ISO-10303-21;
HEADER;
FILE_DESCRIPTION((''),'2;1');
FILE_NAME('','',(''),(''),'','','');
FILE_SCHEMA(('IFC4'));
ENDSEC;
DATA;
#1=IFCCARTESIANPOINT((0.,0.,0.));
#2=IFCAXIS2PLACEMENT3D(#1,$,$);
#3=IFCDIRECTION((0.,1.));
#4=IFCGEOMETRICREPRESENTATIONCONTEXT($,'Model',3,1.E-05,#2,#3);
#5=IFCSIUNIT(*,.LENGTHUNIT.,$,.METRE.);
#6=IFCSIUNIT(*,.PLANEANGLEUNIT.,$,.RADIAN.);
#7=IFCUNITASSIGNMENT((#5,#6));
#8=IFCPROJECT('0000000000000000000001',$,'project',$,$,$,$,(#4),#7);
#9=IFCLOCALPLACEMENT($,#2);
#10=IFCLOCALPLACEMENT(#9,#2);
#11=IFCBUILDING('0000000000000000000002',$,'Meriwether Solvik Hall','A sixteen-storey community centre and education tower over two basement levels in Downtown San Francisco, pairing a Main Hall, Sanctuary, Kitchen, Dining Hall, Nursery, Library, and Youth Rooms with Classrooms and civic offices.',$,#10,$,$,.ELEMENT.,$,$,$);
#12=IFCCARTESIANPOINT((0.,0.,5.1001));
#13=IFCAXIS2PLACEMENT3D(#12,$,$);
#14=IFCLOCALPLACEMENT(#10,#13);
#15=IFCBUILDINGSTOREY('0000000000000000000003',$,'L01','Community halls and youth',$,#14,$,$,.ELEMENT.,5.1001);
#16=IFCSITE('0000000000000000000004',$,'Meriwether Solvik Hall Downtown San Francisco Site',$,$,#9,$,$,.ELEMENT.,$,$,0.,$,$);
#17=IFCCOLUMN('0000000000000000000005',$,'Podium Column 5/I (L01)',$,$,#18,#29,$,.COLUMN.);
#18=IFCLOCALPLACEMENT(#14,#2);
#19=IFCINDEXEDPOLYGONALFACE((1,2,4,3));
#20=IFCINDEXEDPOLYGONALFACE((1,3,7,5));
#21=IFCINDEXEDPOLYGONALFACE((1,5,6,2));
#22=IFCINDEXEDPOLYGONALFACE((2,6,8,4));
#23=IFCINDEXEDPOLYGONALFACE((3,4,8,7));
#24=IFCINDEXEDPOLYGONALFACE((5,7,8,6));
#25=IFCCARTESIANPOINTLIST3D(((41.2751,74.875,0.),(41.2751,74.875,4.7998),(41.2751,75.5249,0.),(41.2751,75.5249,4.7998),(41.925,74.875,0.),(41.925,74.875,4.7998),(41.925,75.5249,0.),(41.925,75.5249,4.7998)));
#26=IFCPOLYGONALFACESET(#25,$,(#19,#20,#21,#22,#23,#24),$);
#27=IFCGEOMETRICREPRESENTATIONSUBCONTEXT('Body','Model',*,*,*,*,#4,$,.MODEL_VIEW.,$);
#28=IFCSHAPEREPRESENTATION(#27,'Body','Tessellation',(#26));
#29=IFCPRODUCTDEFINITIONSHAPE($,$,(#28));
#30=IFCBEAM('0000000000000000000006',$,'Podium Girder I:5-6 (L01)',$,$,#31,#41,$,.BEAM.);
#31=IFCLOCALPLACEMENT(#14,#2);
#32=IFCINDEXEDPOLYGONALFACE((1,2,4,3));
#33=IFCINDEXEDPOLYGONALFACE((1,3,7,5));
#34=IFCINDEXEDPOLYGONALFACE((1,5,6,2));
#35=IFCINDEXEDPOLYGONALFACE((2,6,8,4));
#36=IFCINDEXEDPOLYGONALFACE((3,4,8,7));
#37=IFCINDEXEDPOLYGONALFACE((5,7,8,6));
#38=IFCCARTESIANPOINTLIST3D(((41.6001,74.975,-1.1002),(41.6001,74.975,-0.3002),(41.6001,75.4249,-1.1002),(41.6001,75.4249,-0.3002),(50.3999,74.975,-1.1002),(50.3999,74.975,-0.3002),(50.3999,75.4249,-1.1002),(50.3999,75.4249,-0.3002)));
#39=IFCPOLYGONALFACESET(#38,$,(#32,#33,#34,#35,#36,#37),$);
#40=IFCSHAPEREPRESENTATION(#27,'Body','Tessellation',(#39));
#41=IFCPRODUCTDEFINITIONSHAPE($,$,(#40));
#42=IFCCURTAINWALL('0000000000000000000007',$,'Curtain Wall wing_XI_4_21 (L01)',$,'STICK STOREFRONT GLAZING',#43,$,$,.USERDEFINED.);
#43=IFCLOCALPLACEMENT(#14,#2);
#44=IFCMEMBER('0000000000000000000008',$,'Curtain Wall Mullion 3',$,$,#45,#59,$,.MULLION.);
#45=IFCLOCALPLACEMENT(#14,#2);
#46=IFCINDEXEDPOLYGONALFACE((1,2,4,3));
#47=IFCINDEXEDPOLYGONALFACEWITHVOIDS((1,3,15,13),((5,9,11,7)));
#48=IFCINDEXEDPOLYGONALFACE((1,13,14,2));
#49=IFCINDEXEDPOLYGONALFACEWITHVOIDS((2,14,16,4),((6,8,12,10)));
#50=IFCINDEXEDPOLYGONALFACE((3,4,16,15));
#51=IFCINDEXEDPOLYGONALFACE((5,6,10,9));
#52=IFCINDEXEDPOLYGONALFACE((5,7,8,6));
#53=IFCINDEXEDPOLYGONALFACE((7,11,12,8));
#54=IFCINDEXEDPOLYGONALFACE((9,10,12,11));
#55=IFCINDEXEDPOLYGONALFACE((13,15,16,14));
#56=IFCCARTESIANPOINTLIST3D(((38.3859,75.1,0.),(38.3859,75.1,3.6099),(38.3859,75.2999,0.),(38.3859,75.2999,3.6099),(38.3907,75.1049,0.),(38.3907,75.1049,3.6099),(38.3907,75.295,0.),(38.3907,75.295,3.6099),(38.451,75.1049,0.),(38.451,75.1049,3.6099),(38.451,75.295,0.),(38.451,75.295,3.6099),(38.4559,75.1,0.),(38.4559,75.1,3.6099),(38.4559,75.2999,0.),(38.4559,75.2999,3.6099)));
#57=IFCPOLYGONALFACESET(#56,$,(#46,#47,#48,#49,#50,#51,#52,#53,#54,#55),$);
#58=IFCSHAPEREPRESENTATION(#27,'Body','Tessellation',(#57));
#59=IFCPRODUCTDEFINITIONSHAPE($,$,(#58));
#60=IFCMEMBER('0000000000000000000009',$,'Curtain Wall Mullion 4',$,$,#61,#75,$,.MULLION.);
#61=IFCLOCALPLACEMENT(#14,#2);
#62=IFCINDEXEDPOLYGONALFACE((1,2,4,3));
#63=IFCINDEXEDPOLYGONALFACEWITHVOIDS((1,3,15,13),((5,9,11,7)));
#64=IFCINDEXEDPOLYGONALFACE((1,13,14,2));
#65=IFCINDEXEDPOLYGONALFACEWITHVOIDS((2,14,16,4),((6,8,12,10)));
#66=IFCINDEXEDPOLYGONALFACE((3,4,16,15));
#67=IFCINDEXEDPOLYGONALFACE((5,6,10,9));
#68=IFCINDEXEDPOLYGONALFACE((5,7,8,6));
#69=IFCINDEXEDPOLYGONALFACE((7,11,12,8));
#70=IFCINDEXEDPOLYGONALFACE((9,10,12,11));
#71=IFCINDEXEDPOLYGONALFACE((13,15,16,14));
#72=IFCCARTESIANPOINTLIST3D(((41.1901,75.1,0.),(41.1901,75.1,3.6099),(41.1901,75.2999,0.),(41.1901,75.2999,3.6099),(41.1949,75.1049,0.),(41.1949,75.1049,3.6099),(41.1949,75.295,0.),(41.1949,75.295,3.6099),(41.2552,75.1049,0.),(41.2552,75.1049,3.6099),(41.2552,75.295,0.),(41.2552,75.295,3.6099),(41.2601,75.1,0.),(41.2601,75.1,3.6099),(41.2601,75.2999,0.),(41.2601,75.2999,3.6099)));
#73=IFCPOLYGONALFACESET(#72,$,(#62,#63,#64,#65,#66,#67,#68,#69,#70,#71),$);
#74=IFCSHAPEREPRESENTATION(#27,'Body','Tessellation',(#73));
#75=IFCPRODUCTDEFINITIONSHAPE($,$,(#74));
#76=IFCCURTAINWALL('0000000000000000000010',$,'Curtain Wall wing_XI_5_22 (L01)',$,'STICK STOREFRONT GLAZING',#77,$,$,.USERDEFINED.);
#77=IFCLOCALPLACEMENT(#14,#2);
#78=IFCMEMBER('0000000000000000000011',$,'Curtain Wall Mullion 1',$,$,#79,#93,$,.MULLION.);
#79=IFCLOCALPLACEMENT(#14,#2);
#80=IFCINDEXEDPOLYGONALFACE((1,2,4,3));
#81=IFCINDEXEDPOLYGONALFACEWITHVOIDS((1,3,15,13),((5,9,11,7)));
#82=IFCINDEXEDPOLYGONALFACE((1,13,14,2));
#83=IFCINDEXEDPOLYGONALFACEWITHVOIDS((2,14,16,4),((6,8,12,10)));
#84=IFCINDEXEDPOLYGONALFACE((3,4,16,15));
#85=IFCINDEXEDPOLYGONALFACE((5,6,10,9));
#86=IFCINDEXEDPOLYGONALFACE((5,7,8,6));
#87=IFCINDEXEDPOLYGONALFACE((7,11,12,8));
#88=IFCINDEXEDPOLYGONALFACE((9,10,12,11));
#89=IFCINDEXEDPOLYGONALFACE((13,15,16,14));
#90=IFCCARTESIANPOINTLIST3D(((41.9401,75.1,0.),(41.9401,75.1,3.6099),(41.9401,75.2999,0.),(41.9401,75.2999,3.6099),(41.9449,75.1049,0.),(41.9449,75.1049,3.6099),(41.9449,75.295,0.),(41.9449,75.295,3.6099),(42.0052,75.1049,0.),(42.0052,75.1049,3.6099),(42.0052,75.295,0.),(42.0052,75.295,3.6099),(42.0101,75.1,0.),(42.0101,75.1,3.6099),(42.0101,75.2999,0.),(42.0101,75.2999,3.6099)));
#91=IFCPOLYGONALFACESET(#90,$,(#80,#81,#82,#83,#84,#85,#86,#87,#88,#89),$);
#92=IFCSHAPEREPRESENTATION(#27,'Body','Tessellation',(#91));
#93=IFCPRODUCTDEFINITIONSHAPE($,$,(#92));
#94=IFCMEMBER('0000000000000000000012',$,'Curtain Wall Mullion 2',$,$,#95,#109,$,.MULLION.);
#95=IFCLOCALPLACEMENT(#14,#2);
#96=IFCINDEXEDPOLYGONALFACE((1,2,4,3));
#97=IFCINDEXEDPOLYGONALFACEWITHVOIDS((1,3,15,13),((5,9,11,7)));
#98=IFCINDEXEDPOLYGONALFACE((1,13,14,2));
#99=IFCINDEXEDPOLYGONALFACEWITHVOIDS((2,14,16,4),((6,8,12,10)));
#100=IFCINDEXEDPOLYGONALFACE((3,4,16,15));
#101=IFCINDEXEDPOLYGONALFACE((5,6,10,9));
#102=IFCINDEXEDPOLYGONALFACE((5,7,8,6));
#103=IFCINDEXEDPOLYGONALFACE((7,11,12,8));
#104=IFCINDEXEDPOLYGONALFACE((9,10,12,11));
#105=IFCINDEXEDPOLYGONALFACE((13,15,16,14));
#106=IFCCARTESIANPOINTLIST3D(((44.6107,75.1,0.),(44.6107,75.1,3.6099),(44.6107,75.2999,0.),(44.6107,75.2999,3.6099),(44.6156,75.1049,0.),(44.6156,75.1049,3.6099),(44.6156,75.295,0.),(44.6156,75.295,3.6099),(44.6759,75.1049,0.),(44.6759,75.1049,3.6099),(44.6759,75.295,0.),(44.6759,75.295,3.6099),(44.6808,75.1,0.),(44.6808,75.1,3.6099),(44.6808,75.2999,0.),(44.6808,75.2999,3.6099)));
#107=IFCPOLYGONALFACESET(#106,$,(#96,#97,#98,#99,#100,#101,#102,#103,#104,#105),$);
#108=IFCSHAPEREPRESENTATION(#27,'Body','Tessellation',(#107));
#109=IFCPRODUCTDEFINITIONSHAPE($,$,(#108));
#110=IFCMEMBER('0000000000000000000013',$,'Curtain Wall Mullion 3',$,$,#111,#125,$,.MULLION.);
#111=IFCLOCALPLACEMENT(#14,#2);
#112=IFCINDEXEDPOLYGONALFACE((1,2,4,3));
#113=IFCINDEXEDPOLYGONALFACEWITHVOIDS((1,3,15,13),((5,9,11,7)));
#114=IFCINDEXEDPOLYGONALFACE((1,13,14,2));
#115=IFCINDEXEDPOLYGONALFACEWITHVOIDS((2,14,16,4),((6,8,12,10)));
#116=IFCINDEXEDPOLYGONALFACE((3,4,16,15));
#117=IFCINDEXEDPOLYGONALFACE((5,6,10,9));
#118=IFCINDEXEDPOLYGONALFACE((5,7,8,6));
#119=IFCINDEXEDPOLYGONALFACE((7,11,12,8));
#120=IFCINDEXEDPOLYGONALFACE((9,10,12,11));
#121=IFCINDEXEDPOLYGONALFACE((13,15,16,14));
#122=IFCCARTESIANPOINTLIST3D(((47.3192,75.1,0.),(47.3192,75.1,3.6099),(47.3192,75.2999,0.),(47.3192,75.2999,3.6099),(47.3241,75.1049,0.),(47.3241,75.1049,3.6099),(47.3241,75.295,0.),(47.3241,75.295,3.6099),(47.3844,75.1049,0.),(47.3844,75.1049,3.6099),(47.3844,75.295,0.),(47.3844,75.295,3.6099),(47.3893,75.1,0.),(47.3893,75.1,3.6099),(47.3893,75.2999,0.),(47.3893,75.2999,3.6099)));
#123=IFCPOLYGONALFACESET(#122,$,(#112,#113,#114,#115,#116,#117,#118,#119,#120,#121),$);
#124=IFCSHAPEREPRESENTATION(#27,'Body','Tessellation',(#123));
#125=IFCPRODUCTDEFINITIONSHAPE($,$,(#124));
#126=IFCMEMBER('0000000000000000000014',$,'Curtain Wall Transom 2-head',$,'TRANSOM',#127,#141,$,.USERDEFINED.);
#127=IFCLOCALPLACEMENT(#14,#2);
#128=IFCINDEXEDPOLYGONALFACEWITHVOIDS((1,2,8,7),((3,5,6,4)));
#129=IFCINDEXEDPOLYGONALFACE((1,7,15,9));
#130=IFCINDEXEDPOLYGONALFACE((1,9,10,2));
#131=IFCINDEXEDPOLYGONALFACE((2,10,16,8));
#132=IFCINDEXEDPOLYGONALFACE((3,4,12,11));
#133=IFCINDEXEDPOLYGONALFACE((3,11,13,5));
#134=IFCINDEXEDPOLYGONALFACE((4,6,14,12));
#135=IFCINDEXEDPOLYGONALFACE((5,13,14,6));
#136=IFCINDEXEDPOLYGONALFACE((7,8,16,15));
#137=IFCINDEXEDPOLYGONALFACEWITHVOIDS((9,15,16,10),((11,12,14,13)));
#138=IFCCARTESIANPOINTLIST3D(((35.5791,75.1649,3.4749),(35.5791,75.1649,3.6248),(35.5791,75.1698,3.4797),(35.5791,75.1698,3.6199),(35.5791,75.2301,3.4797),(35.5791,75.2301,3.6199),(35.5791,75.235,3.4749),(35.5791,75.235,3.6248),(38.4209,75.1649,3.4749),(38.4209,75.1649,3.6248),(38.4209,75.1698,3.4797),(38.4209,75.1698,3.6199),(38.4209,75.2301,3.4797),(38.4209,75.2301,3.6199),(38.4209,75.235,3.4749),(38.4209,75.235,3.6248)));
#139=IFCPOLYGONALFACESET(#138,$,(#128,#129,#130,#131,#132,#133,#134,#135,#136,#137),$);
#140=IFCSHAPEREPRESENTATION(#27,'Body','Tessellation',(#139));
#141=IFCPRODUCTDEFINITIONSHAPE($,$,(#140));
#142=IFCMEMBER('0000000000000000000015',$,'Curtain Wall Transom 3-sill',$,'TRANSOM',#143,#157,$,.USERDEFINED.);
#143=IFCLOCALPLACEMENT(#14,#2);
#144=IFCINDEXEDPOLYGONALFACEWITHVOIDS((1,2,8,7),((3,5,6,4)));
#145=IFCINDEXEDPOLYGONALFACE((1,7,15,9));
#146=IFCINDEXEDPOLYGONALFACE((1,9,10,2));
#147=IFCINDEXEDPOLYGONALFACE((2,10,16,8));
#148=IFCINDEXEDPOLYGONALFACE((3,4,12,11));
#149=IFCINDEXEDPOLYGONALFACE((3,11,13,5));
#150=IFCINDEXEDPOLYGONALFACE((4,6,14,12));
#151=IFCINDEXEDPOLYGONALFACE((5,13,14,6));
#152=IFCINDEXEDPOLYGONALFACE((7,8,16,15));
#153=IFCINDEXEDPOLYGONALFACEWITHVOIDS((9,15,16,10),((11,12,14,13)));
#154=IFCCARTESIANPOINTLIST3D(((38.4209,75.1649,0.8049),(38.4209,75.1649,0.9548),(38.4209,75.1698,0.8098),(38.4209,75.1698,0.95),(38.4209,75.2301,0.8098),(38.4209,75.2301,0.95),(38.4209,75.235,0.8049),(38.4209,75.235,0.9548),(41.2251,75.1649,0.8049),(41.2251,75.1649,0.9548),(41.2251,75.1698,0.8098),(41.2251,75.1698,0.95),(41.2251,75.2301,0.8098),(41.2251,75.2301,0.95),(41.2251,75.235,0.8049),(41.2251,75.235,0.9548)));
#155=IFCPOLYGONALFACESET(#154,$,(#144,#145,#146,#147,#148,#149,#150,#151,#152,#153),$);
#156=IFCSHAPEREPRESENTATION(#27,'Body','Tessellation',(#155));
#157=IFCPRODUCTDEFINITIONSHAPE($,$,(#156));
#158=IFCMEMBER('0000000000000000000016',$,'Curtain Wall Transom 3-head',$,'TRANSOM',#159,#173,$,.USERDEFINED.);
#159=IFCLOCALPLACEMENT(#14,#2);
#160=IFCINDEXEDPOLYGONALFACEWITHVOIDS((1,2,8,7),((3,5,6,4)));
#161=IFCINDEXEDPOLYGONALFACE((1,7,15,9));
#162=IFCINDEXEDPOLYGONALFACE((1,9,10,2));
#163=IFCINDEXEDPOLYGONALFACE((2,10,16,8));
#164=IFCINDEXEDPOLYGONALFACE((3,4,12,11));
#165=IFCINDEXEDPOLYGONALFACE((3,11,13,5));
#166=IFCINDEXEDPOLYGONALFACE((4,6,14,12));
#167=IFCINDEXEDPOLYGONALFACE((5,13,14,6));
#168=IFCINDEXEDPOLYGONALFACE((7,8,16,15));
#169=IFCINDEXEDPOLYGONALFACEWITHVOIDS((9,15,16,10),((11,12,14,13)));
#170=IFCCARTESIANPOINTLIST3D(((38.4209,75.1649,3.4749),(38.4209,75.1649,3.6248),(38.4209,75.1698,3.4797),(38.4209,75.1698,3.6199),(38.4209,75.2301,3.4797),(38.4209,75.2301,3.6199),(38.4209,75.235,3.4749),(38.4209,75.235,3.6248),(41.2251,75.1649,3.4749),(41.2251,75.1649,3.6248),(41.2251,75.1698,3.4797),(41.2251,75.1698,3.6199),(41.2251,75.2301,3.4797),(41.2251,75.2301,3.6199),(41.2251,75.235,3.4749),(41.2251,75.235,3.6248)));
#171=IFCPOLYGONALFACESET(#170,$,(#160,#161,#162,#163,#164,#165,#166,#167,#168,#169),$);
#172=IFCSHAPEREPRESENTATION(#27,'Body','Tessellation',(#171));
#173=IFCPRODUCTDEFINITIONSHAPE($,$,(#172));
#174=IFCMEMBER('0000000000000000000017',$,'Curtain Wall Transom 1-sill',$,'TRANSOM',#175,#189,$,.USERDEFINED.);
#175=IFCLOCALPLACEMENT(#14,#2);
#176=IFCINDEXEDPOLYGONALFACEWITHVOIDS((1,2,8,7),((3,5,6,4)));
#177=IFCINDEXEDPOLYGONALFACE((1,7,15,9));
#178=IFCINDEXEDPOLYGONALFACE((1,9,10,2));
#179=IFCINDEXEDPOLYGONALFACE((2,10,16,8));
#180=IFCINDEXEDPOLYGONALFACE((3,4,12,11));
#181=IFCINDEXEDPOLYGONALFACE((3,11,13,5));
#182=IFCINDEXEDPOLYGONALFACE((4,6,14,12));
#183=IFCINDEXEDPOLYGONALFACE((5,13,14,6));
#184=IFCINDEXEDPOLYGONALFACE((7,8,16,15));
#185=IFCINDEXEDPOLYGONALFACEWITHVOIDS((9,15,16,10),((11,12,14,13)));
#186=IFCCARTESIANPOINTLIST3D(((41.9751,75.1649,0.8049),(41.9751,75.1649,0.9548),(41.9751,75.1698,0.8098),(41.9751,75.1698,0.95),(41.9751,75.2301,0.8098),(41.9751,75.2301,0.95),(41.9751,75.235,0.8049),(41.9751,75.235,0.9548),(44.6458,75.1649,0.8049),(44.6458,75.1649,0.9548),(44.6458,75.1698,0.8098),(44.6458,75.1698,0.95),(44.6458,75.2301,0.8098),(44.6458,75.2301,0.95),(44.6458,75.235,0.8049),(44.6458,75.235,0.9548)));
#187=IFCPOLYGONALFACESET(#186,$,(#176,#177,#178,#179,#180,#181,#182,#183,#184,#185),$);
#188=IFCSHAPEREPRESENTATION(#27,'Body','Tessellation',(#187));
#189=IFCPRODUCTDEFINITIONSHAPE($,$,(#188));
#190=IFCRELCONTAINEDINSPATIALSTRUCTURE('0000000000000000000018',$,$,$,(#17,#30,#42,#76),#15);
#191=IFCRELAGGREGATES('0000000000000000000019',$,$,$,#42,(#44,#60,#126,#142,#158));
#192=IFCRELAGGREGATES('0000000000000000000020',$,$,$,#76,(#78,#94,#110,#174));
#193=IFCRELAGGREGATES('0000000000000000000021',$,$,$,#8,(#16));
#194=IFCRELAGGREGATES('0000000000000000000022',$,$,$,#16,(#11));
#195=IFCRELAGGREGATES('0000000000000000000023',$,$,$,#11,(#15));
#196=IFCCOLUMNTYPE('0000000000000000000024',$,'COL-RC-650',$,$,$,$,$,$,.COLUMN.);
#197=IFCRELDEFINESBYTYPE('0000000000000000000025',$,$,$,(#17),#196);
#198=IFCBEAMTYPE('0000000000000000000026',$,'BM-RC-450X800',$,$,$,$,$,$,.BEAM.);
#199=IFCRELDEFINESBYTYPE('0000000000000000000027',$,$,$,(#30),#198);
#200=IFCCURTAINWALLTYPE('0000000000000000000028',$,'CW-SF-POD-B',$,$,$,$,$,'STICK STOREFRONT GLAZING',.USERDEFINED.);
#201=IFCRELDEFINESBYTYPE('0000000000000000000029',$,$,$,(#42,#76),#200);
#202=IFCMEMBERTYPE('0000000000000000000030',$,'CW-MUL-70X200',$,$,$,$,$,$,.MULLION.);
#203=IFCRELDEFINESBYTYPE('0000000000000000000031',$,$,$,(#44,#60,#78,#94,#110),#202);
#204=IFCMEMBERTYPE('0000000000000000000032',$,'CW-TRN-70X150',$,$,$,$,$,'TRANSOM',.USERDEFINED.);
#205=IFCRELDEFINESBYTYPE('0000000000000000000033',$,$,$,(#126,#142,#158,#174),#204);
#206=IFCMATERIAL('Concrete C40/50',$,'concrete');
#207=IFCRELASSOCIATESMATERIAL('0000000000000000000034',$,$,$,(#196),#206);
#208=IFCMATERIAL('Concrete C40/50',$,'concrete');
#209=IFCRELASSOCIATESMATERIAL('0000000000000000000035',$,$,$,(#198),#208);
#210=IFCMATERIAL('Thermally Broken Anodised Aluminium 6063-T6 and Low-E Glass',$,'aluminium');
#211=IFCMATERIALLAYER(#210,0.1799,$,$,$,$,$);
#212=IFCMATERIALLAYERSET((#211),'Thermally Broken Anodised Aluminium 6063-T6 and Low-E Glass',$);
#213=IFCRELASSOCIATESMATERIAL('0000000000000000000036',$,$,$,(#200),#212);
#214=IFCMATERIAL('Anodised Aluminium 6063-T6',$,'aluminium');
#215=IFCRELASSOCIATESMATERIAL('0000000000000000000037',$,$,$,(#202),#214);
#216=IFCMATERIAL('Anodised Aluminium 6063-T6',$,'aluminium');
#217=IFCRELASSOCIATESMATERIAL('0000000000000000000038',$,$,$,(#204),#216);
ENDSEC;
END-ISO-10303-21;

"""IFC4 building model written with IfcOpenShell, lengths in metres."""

from ifc_helpers import new_model, si_unit, direction, frame, origin, origin_2d, place, context, subcontext, project, spatial, rectangle, hollow_rectangle, extrude, material, layer, layer_set, material_profile, profile_set, type_object, element, aggregate, save


model = new_model("IFC4")

# Units and contexts
model_context = context("Model", 3, precision=1e-05, world=origin(), true_north=direction((0.0, 1.0)))
body_context = subcontext(model_context, "Body", "Model", "MODEL_VIEW")
ifc_project = project(units=[si_unit("LENGTHUNIT", "METRE"), si_unit("PLANEANGLEUNIT", "RADIAN")], contexts=[model_context])

# Site, building, storey
site_placement = place(None, origin())
site = spatial("IfcSite", under=ifc_project, at=site_placement, Name="Meriwether Solvik Hall Downtown San Francisco Site", CompositionType="ELEMENT", RefElevation=0.0)
building_placement = place(site_placement, origin())
building = spatial("IfcBuilding", under=site, at=building_placement, Name="Meriwether Solvik Hall", Description="A sixteen-storey community centre and education tower over two basement levels in Downtown San Francisco, pairing a Main Hall, Sanctuary, Kitchen, Dining Hall, Nursery, Library, and Youth Rooms with Classrooms and civic offices.", CompositionType="ELEMENT")
storey_placement = place(building_placement, frame((0.0, 0.0, 5.1001)))
storey = spatial("IfcBuildingStorey", under=building, at=storey_placement, Name="L01", Description="Community halls and youth", CompositionType="ELEMENT", Elevation=5.1001)

# Column
ifc_material_1 = material(Name="Concrete C40/50", Category="concrete")
ifc_material_profile_1 = material_profile(ifc_material_1, rectangle(XDim=0.6499, YDim=0.6499, at=origin_2d()), Name="RCC-650X650")
ifc_profile_set_1 = profile_set([ifc_material_profile_1], Name="Concrete C40/50")
column_type = type_object("IfcColumnType", Name="COL-RC-650", PredefinedType="COLUMN", material=ifc_profile_set_1)
column_placement = place(storey_placement, frame((41.6001, 75.2, 0.0), z_axis=(0.0, 0.0, 1.0), x_axis=(1.0, 0.0, 0.0)))
element("IfcColumn", 1, at=column_placement, inside=storey, type_object=column_type, Name="Podium Column 5/I (L01)", PredefinedType="COLUMN", context=body_context, shape_type="SweptSolid", body=[
    extrude(rectangle(XDim=0.6499, YDim=0.6499, at=origin_2d()), origin(), (0.0, 0.0, 1.0), 4.7998),
])

# Beam
ifc_material_2 = material(Name="Concrete C40/50", Category="concrete")
ifc_material_profile_2 = material_profile(ifc_material_2, rectangle(XDim=0.45, YDim=0.8, at=origin_2d()), Name="RCB-450X800")
ifc_profile_set_2 = profile_set([ifc_material_profile_2], Name="Concrete C40/50")
beam_type = type_object("IfcBeamType", Name="BM-RC-450X800", PredefinedType="BEAM", material=ifc_profile_set_2)
beam_placement = place(storey_placement, frame((41.6001, 75.2, -0.7002), z_axis=(1.0, 0.0, 0.0), x_axis=(0.0, 1.0, 0.0)))
element("IfcBeam", 2, at=beam_placement, inside=storey, type_object=beam_type, Name="Podium Girder I:5-6 (L01)", PredefinedType="BEAM", context=body_context, shape_type="SweptSolid", body=[
    extrude(rectangle(XDim=0.45, YDim=0.8, at=origin_2d()), origin(), (0.0, 0.0, 1.0), 8.7998),
])

# Curtain walls, members
ifc_material_3 = material(Name="Thermally Broken Anodised Aluminium 6063-T6 and Low-E Glass", Category="aluminium")
ifc_layer_1 = layer(ifc_material_3, 0.1799)
ifc_layer_set_1 = layer_set([ifc_layer_1], Name="Thermally Broken Anodised Aluminium 6063-T6 and Low-E Glass")
curtain_wall_type = type_object("IfcCurtainWallType", Name="CW-SF-POD-B", ElementType="STICK STOREFRONT GLAZING", PredefinedType="USERDEFINED", material=ifc_layer_set_1)
curtain_wall_1_placement = place(storey_placement, origin())
curtain_wall_1 = element("IfcCurtainWall", 3, at=curtain_wall_1_placement, inside=storey, type_object=curtain_wall_type, Name="Curtain Wall wing_XI_4_21 (L01)", ObjectType="STICK STOREFRONT GLAZING", PredefinedType="USERDEFINED")
ifc_material_4 = material(Name="Anodised Aluminium 6063-T6", Category="aluminium")
ifc_material_profile_3 = material_profile(ifc_material_4, hollow_rectangle(XDim=0.0701, YDim=0.2, WallThickness=0.0049, at=origin_2d()), Name="CWM-70X200")
ifc_profile_set_3 = profile_set([ifc_material_profile_3], Name="Anodised Aluminium 6063-T6")
member_type_1 = type_object("IfcMemberType", Name="CW-MUL-70X200", PredefinedType="MULLION", material=ifc_profile_set_3)
member_1_placement = place(storey_placement, frame((38.4209, 75.2, 0.0), z_axis=(0.0, 0.0, 1.0), x_axis=(1.0, 0.0, 0.0)))
member_1 = element("IfcMember", 4, at=member_1_placement, type_object=member_type_1, Name="Curtain Wall Mullion 3", PredefinedType="MULLION", context=body_context, shape_type="SweptSolid", body=[
    extrude(hollow_rectangle(XDim=0.0701, YDim=0.2, WallThickness=0.0049, at=origin_2d()), origin(), (0.0, 0.0, 1.0), 3.6099),
])
member_2_placement = place(storey_placement, frame((41.2251, 75.2, 0.0), z_axis=(0.0, 0.0, 1.0), x_axis=(1.0, 0.0, 0.0)))
member_2 = element("IfcMember", 5, at=member_2_placement, type_object=member_type_1, Name="Curtain Wall Mullion 4", PredefinedType="MULLION", context=body_context, shape_type="SweptSolid", body=[
    extrude(hollow_rectangle(XDim=0.0701, YDim=0.2, WallThickness=0.0049, at=origin_2d()), origin(), (0.0, 0.0, 1.0), 3.6099),
])
curtain_wall_2_placement = place(storey_placement, origin())
curtain_wall_2 = element("IfcCurtainWall", 6, at=curtain_wall_2_placement, inside=storey, type_object=curtain_wall_type, Name="Curtain Wall wing_XI_5_22 (L01)", ObjectType="STICK STOREFRONT GLAZING", PredefinedType="USERDEFINED")
member_3_placement = place(storey_placement, frame((41.9751, 75.2, 0.0), z_axis=(0.0, 0.0, 1.0), x_axis=(1.0, 0.0, 0.0)))
member_3 = element("IfcMember", 7, at=member_3_placement, type_object=member_type_1, Name="Curtain Wall Mullion 1", PredefinedType="MULLION", context=body_context, shape_type="SweptSolid", body=[
    extrude(hollow_rectangle(XDim=0.0701, YDim=0.2, WallThickness=0.0049, at=origin_2d()), origin(), (0.0, 0.0, 1.0), 3.6099),
])
member_4_placement = place(storey_placement, frame((44.6458, 75.2, 0.0), z_axis=(0.0, 0.0, 1.0), x_axis=(1.0, 0.0, 0.0)))
member_4 = element("IfcMember", 8, at=member_4_placement, type_object=member_type_1, Name="Curtain Wall Mullion 2", PredefinedType="MULLION", context=body_context, shape_type="SweptSolid", body=[
    extrude(hollow_rectangle(XDim=0.0701, YDim=0.2, WallThickness=0.0049, at=origin_2d()), origin(), (0.0, 0.0, 1.0), 3.6099),
])
member_5_placement = place(storey_placement, frame((47.3542, 75.2, 0.0), z_axis=(0.0, 0.0, 1.0), x_axis=(1.0, 0.0, 0.0)))
member_5 = element("IfcMember", 9, at=member_5_placement, type_object=member_type_1, Name="Curtain Wall Mullion 3", PredefinedType="MULLION", context=body_context, shape_type="SweptSolid", body=[
    extrude(hollow_rectangle(XDim=0.0701, YDim=0.2, WallThickness=0.0049, at=origin_2d()), origin(), (0.0, 0.0, 1.0), 3.6099),
])

# Members
ifc_material_5 = material(Name="Anodised Aluminium 6063-T6", Category="aluminium")
ifc_material_profile_4 = material_profile(ifc_material_5, hollow_rectangle(XDim=0.0701, YDim=0.1499, WallThickness=0.0049, at=origin_2d()), Name="CWT-70X150")
ifc_profile_set_4 = profile_set([ifc_material_profile_4], Name="Anodised Aluminium 6063-T6")
member_type_2 = type_object("IfcMemberType", Name="CW-TRN-70X150", ElementType="TRANSOM", PredefinedType="USERDEFINED", material=ifc_profile_set_4)
member_6_placement = place(storey_placement, frame((35.5791, 75.2, 3.5498), z_axis=(1.0, 0.0, 0.0), x_axis=(0.0, 1.0, 0.0)))
member_6 = element("IfcMember", 10, at=member_6_placement, type_object=member_type_2, Name="Curtain Wall Transom 2-head", ObjectType="TRANSOM", PredefinedType="USERDEFINED", context=body_context, shape_type="SweptSolid", body=[
    extrude(hollow_rectangle(XDim=0.0701, YDim=0.1499, WallThickness=0.0049, at=origin_2d()), origin(), (0.0, 0.0, 1.0), 2.8418),
])
member_7_placement = place(storey_placement, frame((38.4209, 75.2, 0.8799), z_axis=(1.0, 0.0, 0.0), x_axis=(0.0, 1.0, 0.0)))
member_7 = element("IfcMember", 11, at=member_7_placement, type_object=member_type_2, Name="Curtain Wall Transom 3-sill", ObjectType="TRANSOM", PredefinedType="USERDEFINED", context=body_context, shape_type="SweptSolid", body=[
    extrude(hollow_rectangle(XDim=0.0701, YDim=0.1499, WallThickness=0.0049, at=origin_2d()), origin(), (0.0, 0.0, 1.0), 2.8042),
])
member_8_placement = place(storey_placement, frame((38.4209, 75.2, 3.5498), z_axis=(1.0, 0.0, 0.0), x_axis=(0.0, 1.0, 0.0)))
member_8 = element("IfcMember", 12, at=member_8_placement, type_object=member_type_2, Name="Curtain Wall Transom 3-head", ObjectType="TRANSOM", PredefinedType="USERDEFINED", context=body_context, shape_type="SweptSolid", body=[
    extrude(hollow_rectangle(XDim=0.0701, YDim=0.1499, WallThickness=0.0049, at=origin_2d()), origin(), (0.0, 0.0, 1.0), 2.8042),
])
member_9_placement = place(storey_placement, frame((41.9751, 75.2, 0.8799), z_axis=(1.0, 0.0, 0.0), x_axis=(0.0, 1.0, 0.0)))
member_9 = element("IfcMember", 13, at=member_9_placement, type_object=member_type_2, Name="Curtain Wall Transom 1-sill", ObjectType="TRANSOM", PredefinedType="USERDEFINED", context=body_context, shape_type="SweptSolid", body=[
    extrude(hollow_rectangle(XDim=0.0701, YDim=0.1499, WallThickness=0.0049, at=origin_2d()), origin(), (0.0, 0.0, 1.0), 2.6707),
])

aggregate(curtain_wall_1, [member_1, member_2, member_6, member_7, member_8])
aggregate(curtain_wall_2, [member_3, member_4, member_5, member_9])

save(model, "model.ifc")
